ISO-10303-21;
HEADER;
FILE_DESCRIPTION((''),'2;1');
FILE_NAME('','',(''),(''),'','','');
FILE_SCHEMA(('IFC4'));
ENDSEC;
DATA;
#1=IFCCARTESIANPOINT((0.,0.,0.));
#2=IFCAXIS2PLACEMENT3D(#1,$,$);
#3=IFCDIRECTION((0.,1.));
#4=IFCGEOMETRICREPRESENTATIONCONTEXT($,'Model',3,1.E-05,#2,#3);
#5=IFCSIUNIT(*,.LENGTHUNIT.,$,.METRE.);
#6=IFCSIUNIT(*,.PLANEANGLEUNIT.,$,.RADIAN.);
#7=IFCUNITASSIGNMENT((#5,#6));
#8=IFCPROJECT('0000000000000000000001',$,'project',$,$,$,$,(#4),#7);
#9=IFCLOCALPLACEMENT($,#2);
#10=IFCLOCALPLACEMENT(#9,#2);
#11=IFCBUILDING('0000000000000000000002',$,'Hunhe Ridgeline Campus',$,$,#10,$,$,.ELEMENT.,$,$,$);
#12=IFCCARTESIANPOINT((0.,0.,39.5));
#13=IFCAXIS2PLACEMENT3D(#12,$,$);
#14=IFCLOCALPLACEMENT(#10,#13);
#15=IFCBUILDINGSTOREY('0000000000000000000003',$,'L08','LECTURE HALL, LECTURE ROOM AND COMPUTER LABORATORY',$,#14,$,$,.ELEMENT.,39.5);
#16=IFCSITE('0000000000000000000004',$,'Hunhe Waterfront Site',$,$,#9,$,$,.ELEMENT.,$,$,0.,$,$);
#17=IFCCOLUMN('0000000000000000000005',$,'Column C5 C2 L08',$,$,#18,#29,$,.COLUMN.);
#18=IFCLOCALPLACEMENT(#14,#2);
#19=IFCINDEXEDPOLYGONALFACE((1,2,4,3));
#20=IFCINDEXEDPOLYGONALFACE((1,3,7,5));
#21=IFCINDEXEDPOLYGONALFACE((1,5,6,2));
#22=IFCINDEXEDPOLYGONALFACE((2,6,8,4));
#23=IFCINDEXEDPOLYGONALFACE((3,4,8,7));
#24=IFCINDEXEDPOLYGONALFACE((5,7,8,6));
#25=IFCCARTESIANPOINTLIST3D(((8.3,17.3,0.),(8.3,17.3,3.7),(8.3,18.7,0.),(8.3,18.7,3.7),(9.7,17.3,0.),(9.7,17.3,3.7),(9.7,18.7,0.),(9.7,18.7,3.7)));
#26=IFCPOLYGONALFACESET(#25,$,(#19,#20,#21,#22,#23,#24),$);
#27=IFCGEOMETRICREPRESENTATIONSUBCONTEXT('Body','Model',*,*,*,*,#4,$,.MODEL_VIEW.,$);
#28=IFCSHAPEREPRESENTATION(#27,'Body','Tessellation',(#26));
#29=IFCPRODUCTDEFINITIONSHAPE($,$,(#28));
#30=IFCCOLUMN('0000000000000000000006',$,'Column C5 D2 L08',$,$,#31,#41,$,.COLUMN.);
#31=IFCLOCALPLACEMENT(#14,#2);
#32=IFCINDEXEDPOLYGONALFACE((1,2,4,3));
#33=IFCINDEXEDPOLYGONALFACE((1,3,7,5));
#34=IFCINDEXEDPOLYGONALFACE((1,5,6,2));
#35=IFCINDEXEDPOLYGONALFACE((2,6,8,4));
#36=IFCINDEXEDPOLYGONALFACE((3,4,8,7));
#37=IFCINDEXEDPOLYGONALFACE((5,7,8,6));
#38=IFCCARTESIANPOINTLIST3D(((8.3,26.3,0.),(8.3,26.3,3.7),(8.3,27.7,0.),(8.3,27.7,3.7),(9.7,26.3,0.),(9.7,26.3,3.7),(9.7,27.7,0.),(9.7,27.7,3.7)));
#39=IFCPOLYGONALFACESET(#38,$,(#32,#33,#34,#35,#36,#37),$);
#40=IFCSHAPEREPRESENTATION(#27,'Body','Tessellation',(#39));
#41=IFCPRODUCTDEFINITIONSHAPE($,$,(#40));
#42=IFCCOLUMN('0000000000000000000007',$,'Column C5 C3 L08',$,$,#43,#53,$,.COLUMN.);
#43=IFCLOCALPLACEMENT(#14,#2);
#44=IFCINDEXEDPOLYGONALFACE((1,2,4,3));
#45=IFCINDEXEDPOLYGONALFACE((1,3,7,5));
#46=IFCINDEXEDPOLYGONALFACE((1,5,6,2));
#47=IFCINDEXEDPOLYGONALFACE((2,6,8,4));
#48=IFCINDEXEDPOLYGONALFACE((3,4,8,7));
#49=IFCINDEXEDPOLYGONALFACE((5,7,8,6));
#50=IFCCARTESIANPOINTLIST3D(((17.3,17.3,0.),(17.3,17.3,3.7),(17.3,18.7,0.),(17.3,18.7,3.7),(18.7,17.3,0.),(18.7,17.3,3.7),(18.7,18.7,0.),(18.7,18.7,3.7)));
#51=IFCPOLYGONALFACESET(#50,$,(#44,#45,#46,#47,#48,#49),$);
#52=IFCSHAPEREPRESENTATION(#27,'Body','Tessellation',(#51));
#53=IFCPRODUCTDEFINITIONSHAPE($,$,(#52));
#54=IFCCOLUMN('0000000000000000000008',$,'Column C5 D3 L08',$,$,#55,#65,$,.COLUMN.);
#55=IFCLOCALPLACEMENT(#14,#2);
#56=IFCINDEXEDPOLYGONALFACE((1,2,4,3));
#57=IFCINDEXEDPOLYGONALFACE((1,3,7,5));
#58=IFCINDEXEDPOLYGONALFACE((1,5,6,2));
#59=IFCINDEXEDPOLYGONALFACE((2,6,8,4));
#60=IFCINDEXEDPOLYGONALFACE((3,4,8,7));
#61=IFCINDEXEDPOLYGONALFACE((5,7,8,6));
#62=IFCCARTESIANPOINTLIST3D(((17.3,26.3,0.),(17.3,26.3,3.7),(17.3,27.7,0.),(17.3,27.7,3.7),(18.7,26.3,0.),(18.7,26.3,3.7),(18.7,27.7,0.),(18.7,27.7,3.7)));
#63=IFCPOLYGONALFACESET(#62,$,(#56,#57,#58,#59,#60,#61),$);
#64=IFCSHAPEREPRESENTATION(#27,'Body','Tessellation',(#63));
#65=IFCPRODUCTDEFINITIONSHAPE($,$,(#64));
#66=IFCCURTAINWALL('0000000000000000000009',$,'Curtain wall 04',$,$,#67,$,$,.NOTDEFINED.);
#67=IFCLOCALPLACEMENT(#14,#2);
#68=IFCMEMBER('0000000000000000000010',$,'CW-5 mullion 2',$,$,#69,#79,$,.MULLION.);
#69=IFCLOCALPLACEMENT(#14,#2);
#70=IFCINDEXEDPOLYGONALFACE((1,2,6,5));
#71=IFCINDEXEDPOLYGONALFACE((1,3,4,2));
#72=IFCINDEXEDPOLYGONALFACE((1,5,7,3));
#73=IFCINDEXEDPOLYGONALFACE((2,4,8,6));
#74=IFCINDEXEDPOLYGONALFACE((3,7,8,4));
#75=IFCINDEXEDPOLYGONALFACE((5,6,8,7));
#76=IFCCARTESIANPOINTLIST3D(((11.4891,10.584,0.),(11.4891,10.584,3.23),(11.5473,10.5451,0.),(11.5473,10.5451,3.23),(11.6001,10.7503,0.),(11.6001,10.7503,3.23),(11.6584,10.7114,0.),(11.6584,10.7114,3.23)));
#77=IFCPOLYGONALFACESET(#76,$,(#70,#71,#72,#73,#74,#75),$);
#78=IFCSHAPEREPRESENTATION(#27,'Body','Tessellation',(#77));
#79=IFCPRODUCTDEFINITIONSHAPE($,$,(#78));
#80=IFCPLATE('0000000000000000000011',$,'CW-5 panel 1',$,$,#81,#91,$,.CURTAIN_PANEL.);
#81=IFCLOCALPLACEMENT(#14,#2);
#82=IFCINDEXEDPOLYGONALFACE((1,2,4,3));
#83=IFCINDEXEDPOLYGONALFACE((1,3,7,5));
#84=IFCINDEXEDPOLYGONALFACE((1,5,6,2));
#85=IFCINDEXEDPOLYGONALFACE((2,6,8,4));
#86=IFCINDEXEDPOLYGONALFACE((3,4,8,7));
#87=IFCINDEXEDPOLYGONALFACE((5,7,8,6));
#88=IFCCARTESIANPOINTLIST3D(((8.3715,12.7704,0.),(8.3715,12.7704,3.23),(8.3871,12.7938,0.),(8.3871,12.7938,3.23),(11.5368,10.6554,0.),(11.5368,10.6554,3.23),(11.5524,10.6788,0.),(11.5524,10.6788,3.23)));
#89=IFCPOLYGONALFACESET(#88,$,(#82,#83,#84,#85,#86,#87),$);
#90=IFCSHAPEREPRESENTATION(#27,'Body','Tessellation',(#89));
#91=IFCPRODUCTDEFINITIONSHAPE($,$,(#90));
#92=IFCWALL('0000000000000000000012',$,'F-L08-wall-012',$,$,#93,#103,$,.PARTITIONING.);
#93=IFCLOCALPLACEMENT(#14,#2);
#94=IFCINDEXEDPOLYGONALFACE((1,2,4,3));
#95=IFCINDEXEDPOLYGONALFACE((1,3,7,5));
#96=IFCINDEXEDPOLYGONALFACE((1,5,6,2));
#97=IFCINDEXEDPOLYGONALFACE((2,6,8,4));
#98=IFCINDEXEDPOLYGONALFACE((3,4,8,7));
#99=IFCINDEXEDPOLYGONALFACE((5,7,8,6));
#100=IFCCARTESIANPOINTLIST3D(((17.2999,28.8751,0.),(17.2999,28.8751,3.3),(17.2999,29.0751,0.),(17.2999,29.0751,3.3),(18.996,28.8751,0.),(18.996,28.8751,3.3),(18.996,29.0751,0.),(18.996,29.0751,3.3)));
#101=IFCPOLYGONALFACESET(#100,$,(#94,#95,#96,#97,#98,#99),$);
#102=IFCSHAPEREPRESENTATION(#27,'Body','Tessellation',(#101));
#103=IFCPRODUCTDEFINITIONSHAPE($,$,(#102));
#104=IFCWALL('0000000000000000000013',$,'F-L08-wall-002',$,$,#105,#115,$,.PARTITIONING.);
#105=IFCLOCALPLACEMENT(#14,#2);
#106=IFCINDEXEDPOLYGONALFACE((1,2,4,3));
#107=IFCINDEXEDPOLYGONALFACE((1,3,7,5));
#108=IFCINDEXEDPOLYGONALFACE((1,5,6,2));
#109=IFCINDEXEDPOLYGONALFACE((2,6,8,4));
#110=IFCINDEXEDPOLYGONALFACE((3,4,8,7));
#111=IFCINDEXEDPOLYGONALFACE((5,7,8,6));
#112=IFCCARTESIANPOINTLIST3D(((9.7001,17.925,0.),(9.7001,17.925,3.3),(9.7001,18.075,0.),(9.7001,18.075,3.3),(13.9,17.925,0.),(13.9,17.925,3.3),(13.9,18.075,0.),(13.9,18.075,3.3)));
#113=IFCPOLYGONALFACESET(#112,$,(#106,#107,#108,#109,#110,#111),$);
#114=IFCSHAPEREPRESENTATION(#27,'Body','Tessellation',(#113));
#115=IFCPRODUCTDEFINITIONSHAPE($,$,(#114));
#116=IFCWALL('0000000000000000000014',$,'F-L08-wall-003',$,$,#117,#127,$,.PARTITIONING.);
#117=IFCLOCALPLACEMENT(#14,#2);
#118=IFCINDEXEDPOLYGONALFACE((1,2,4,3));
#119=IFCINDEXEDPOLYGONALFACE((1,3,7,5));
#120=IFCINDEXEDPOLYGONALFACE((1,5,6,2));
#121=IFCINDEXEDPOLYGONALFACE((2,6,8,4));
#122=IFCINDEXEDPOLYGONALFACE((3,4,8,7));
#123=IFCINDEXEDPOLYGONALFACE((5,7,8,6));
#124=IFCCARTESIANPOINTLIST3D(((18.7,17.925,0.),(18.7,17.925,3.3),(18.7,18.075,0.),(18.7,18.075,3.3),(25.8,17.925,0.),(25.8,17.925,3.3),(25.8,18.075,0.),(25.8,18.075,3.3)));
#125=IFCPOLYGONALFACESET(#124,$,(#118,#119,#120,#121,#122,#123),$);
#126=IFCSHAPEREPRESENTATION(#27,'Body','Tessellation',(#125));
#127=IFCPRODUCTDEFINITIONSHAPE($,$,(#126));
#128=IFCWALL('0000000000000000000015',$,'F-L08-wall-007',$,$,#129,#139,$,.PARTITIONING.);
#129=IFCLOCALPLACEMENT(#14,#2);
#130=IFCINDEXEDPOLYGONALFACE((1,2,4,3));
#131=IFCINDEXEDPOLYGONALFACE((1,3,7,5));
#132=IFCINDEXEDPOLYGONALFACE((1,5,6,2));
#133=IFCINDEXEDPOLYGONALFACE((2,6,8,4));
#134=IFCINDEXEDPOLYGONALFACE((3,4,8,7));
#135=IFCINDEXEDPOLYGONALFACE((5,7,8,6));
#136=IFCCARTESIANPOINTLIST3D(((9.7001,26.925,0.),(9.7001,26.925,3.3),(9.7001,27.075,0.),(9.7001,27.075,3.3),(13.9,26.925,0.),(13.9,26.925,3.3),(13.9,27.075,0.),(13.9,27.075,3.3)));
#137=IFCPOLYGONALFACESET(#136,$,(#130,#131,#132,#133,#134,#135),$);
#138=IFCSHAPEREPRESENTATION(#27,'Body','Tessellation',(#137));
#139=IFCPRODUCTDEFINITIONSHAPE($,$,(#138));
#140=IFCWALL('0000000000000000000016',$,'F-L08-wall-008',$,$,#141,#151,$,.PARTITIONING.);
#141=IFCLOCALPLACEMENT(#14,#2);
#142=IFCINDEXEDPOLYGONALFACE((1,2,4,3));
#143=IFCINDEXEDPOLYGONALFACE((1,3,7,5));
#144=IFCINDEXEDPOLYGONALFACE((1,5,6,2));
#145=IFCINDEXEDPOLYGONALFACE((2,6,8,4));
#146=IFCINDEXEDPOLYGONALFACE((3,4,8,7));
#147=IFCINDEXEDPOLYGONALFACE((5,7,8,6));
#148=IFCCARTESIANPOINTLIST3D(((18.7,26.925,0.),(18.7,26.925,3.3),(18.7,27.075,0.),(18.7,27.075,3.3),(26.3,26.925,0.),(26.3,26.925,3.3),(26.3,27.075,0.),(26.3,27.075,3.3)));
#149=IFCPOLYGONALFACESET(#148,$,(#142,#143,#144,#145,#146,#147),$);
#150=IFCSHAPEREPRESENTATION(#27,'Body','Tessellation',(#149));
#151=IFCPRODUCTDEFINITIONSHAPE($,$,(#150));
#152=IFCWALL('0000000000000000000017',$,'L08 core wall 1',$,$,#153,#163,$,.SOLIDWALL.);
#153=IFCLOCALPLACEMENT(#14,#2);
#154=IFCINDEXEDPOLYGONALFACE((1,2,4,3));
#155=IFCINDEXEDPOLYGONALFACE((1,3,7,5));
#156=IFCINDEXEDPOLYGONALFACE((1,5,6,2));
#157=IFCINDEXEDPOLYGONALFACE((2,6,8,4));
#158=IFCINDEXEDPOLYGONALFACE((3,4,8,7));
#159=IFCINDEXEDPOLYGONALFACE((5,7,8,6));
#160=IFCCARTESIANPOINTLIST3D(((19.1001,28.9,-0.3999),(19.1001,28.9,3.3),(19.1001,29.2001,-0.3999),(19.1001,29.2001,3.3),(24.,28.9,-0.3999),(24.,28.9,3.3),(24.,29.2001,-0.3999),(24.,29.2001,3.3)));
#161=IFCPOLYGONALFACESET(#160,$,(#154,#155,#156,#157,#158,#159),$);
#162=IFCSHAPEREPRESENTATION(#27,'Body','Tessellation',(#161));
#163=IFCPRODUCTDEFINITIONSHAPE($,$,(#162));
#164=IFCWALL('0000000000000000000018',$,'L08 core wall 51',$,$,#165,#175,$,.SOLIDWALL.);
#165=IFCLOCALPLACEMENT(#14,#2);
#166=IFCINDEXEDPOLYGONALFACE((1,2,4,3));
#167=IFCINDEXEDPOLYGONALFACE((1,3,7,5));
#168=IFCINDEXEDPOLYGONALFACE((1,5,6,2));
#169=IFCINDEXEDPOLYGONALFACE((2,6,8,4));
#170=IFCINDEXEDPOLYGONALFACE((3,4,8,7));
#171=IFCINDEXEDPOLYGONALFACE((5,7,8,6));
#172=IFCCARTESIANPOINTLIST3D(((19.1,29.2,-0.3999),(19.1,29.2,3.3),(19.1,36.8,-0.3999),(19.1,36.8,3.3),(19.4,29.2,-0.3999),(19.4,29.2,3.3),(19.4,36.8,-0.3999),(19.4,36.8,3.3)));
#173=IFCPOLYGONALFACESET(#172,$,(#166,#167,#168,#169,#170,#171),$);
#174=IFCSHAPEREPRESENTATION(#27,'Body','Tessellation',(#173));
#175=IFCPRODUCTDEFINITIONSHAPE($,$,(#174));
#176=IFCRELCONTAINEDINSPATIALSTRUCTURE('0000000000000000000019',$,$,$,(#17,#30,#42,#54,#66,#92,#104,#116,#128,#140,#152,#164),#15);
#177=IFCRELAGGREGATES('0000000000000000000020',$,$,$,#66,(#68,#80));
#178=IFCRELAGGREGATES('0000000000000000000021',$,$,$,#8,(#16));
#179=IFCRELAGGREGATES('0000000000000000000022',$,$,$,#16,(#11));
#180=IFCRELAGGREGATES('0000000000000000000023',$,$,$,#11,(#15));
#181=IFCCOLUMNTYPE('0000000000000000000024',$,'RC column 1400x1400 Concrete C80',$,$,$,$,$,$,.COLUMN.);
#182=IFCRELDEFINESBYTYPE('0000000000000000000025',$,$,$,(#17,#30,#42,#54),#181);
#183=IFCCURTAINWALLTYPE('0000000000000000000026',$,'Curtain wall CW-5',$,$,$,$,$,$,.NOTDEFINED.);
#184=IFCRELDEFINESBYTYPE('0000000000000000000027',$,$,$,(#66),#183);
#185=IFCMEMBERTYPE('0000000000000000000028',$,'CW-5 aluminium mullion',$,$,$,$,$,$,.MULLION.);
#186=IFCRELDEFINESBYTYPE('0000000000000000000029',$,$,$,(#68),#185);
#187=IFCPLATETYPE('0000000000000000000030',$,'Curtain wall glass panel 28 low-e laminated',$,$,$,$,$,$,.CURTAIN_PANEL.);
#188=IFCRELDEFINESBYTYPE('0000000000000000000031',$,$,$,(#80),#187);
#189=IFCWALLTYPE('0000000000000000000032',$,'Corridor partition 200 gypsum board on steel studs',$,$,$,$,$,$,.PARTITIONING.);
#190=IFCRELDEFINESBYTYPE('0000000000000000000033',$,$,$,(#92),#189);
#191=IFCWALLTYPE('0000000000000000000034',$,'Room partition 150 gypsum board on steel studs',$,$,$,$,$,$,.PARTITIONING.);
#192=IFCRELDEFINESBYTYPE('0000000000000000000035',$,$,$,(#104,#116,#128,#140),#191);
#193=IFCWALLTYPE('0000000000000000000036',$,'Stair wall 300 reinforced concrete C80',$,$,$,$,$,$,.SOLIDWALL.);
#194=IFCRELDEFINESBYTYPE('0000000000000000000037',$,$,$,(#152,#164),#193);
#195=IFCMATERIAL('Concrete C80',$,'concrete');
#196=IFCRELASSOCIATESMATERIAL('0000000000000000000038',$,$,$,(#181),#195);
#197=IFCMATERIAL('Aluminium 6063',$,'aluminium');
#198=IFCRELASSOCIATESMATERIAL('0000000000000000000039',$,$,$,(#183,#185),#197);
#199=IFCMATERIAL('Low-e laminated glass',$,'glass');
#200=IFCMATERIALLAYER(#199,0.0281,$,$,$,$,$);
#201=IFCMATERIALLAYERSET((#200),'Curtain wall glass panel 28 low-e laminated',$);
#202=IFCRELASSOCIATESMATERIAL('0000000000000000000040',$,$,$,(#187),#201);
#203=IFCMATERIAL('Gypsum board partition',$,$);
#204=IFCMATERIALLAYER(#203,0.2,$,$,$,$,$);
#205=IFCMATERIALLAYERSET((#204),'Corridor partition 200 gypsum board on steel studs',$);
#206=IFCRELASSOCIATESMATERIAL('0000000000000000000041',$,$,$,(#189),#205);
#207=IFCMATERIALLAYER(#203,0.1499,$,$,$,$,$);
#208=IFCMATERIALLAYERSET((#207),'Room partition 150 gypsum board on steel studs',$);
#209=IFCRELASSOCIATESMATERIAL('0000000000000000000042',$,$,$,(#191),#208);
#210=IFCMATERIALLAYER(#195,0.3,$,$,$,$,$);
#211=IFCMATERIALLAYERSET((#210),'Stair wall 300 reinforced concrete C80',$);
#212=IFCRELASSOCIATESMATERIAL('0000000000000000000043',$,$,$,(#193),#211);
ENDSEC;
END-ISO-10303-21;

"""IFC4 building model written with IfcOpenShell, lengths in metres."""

from ifc_helpers import new_model, si_unit, direction, frame, frame_2d, origin, origin_2d, place, context, subcontext, project, spatial, rectangle, extrude, material, layer, layer_set, material_profile, profile_set, type_object, element, aggregate, save


model = new_model("IFC4")

# Units and contexts
model_context = context("Model", 3, precision=1e-05, world=origin(), true_north=direction((0.0, 1.0)))
body_context = subcontext(model_context, "Body", "Model", "MODEL_VIEW")
ifc_project = project(units=[si_unit("LENGTHUNIT", "METRE"), si_unit("PLANEANGLEUNIT", "RADIAN")], contexts=[model_context])

# Site, building, storey
site_placement = place(None, origin())
site = spatial("IfcSite", under=ifc_project, at=site_placement, Name="Hunhe Waterfront Site", CompositionType="ELEMENT", RefElevation=0.0)
building_placement = place(site_placement, origin())
building = spatial("IfcBuilding", under=site, at=building_placement, Name="Hunhe Ridgeline Campus", CompositionType="ELEMENT")
storey_placement = place(building_placement, frame((0.0, 0.0, 39.5)))
storey = spatial("IfcBuildingStorey", under=building, at=storey_placement, Name="L08", Description="LECTURE HALL, LECTURE ROOM AND COMPUTER LABORATORY", CompositionType="ELEMENT", Elevation=39.5)

# Columns
ifc_material_1 = material(Name="Concrete C80", Category="concrete")
ifc_material_profile_1 = material_profile(ifc_material_1, rectangle(XDim=1.3999, YDim=1.3999, at=origin_2d()))
ifc_profile_set_1 = profile_set([ifc_material_profile_1], Name="Concrete C80")
column_type = type_object("IfcColumnType", Name="RC column 1400x1400 Concrete C80", PredefinedType="COLUMN", material=ifc_profile_set_1)
for number, where, z_axis, x_axis, name in (
    (1, (9.0, 18.0, 0.0), (0.0, 0.0, 1.0), (1.0, 0.0, 0.0), "Column C5 C2 L08"),
    (2, (9.0, 27.0, 0.0), (0.0, 0.0, 1.0), (1.0, 0.0, 0.0), "Column C5 D2 L08"),
    (3, (18.0, 18.0, 0.0), (0.0, 0.0, 1.0), (1.0, 0.0, 0.0), "Column C5 C3 L08"),
    (4, (18.0, 27.0, 0.0), (0.0, 0.0, 1.0), (1.0, 0.0, 0.0), "Column C5 D3 L08"),
):
    element("IfcColumn", number, at=place(storey_placement, frame(where, z_axis=z_axis, x_axis=x_axis)), inside=storey, type_object=column_type, Name=name, PredefinedType="COLUMN", context=body_context, shape_type="SweptSolid", body=[
        extrude(rectangle(XDim=1.3999, YDim=1.3999, at=origin_2d()), origin(), (0.0, 0.0, 1.0), 3.7),
    ])

# Curtain wall, member, plate
ifc_material_2 = material(Name="Aluminium 6063", Category="aluminium")
curtain_wall_type = type_object("IfcCurtainWallType", Name="Curtain wall CW-5", PredefinedType="NOTDEFINED", material=ifc_material_2)
curtain_wall_placement = place(storey_placement, origin())
curtain_wall = element("IfcCurtainWall", 5, at=curtain_wall_placement, inside=storey, type_object=curtain_wall_type, Name="Curtain wall 04", PredefinedType="NOTDEFINED")
ifc_material_profile_2 = material_profile(ifc_material_2, rectangle(XDim=0.2, YDim=0.0701, at=origin_2d()))
ifc_profile_set_2 = profile_set([ifc_material_profile_2], Name="Aluminium 6063")
member_type = type_object("IfcMemberType", Name="CW-5 aluminium mullion", PredefinedType="MULLION", material=ifc_profile_set_2)
member_placement = place(storey_placement, frame((11.5737, 10.6477, 0.0), z_axis=(0.0, 0.0, 1.0), x_axis=(0.55557, 0.83147, 0.0)))
member = element("IfcMember", 6, at=member_placement, type_object=member_type, Name="CW-5 mullion 2", PredefinedType="MULLION", context=body_context, shape_type="SweptSolid", body=[
    extrude(rectangle(XDim=0.2, YDim=0.0701, at=origin_2d()), origin(), (0.0, 0.0, 1.0), 3.23),
])
ifc_material_3 = material(Name="Low-e laminated glass", Category="glass")
ifc_layer_1 = layer(ifc_material_3, 0.0281)
ifc_layer_set_1 = layer_set([ifc_layer_1], Name="Curtain wall glass panel 28 low-e laminated")
plate_type = type_object("IfcPlateType", Name="Curtain wall glass panel 28 low-e laminated", PredefinedType="CURTAIN_PANEL", material=ifc_layer_set_1)
plate_placement = place(storey_placement, frame((9.9619, 11.7246, 0.0), z_axis=(0.0, 0.0, 1.0), x_axis=(0.83147, -0.55557, 0.0)))
plate = element("IfcPlate", 7, at=plate_placement, type_object=plate_type, Name="CW-5 panel 1", PredefinedType="CURTAIN_PANEL", context=body_context, shape_type="SweptSolid", body=[
    extrude(rectangle(XDim=3.8069, YDim=0.0281, at=origin_2d()), origin(), (0.0, 0.0, 1.0), 3.23),
])
aggregate(curtain_wall, [member, plate])

# Wall
ifc_material_4 = material(Name="Gypsum board partition")
ifc_layer_2 = layer(ifc_material_4, 0.2)
ifc_layer_set_2 = layer_set([ifc_layer_2], Name="Corridor partition 200 gypsum board on steel studs")
wall_type_1 = type_object("IfcWallType", Name="Corridor partition 200 gypsum board on steel studs", PredefinedType="PARTITIONING", material=ifc_layer_set_2)
wall_1_placement = place(storey_placement, frame((18.9961, 28.9751, 0.0), z_axis=(0.0, 0.0, 1.0), x_axis=(-1.0, 0.0, 0.0)))
element("IfcWall", 8, at=wall_1_placement, inside=storey, type_object=wall_type_1, Name="F-L08-wall-012", PredefinedType="PARTITIONING", context=body_context, shape_type="SweptSolid", body=[
    extrude(rectangle(XDim=1.696, YDim=0.2, at=frame_2d((0.8481, 0.0))), origin(), (0.0, 0.0, 1.0), 3.3),
])

# Walls
ifc_layer_3 = layer(ifc_material_4, 0.1499)
ifc_layer_set_3 = layer_set([ifc_layer_3], Name="Room partition 150 gypsum board on steel studs")
wall_type_2 = type_object("IfcWallType", Name="Room partition 150 gypsum board on steel studs", PredefinedType="PARTITIONING", material=ifc_layer_set_3)
wall_2_placement = place(storey_placement, frame((9.7, 18.0, 0.0), z_axis=(0.0, 0.0, 1.0), x_axis=(1.0, 0.0, 0.0)))
element("IfcWall", 9, at=wall_2_placement, inside=storey, type_object=wall_type_2, Name="F-L08-wall-002", PredefinedType="PARTITIONING", context=body_context, shape_type="SweptSolid", body=[
    extrude(rectangle(XDim=4.2, YDim=0.1499, at=frame_2d((2.1001, 0.0))), origin(), (0.0, 0.0, 1.0), 3.3),
])
wall_3_placement = place(storey_placement, frame((18.7, 18.0, 0.0), z_axis=(0.0, 0.0, 1.0), x_axis=(1.0, 0.0, 0.0)))
element("IfcWall", 10, at=wall_3_placement, inside=storey, type_object=wall_type_2, Name="F-L08-wall-003", PredefinedType="PARTITIONING", context=body_context, shape_type="SweptSolid", body=[
    extrude(rectangle(XDim=7.1001, YDim=0.1499, at=frame_2d((3.55, 0.0))), origin(), (0.0, 0.0, 1.0), 3.3),
])
wall_4_placement = place(storey_placement, frame((9.7, 27.0, 0.0), z_axis=(0.0, 0.0, 1.0), x_axis=(1.0, 0.0, 0.0)))
element("IfcWall", 11, at=wall_4_placement, inside=storey, type_object=wall_type_2, Name="F-L08-wall-007", PredefinedType="PARTITIONING", context=body_context, shape_type="SweptSolid", body=[
    extrude(rectangle(XDim=4.2, YDim=0.1499, at=frame_2d((2.1001, 0.0))), origin(), (0.0, 0.0, 1.0), 3.3),
])
wall_5_placement = place(storey_placement, frame((18.7, 27.0, 0.0), z_axis=(0.0, 0.0, 1.0), x_axis=(1.0, 0.0, 0.0)))
element("IfcWall", 12, at=wall_5_placement, inside=storey, type_object=wall_type_2, Name="F-L08-wall-008", PredefinedType="PARTITIONING", context=body_context, shape_type="SweptSolid", body=[
    extrude(rectangle(XDim=7.6001, YDim=0.1499, at=frame_2d((3.8, 0.0))), origin(), (0.0, 0.0, 1.0), 3.3),
])
ifc_layer_4 = layer(ifc_material_1, 0.3)
ifc_layer_set_4 = layer_set([ifc_layer_4], Name="Stair wall 300 reinforced concrete C80")
wall_type_3 = type_object("IfcWallType", Name="Stair wall 300 reinforced concrete C80", PredefinedType="SOLIDWALL", material=ifc_layer_set_4)
wall_6_placement = place(storey_placement, frame((19.1001, 29.05, -0.3999), z_axis=(0.0, 0.0, 1.0), x_axis=(1.0, 0.0, 0.0)))
element("IfcWall", 13, at=wall_6_placement, inside=storey, type_object=wall_type_3, Name="L08 core wall 1", PredefinedType="SOLIDWALL", context=body_context, shape_type="SweptSolid", body=[
    extrude(rectangle(XDim=4.8999, YDim=0.3, at=frame_2d((2.45, 0.0))), origin(), (0.0, 0.0, 1.0), 3.7),
])
wall_7_placement = place(storey_placement, frame((19.25, 29.2, -0.3999), z_axis=(0.0, 0.0, 1.0), x_axis=(0.0, 1.0, 0.0)))
element("IfcWall", 14, at=wall_7_placement, inside=storey, type_object=wall_type_3, Name="L08 core wall 51", PredefinedType="SOLIDWALL", context=body_context, shape_type="SweptSolid", body=[
    extrude(rectangle(XDim=7.6001, YDim=0.3, at=frame_2d((3.8, 0.0))), origin(), (0.0, 0.0, 1.0), 3.7),
])

save(model, "model.ifc")
